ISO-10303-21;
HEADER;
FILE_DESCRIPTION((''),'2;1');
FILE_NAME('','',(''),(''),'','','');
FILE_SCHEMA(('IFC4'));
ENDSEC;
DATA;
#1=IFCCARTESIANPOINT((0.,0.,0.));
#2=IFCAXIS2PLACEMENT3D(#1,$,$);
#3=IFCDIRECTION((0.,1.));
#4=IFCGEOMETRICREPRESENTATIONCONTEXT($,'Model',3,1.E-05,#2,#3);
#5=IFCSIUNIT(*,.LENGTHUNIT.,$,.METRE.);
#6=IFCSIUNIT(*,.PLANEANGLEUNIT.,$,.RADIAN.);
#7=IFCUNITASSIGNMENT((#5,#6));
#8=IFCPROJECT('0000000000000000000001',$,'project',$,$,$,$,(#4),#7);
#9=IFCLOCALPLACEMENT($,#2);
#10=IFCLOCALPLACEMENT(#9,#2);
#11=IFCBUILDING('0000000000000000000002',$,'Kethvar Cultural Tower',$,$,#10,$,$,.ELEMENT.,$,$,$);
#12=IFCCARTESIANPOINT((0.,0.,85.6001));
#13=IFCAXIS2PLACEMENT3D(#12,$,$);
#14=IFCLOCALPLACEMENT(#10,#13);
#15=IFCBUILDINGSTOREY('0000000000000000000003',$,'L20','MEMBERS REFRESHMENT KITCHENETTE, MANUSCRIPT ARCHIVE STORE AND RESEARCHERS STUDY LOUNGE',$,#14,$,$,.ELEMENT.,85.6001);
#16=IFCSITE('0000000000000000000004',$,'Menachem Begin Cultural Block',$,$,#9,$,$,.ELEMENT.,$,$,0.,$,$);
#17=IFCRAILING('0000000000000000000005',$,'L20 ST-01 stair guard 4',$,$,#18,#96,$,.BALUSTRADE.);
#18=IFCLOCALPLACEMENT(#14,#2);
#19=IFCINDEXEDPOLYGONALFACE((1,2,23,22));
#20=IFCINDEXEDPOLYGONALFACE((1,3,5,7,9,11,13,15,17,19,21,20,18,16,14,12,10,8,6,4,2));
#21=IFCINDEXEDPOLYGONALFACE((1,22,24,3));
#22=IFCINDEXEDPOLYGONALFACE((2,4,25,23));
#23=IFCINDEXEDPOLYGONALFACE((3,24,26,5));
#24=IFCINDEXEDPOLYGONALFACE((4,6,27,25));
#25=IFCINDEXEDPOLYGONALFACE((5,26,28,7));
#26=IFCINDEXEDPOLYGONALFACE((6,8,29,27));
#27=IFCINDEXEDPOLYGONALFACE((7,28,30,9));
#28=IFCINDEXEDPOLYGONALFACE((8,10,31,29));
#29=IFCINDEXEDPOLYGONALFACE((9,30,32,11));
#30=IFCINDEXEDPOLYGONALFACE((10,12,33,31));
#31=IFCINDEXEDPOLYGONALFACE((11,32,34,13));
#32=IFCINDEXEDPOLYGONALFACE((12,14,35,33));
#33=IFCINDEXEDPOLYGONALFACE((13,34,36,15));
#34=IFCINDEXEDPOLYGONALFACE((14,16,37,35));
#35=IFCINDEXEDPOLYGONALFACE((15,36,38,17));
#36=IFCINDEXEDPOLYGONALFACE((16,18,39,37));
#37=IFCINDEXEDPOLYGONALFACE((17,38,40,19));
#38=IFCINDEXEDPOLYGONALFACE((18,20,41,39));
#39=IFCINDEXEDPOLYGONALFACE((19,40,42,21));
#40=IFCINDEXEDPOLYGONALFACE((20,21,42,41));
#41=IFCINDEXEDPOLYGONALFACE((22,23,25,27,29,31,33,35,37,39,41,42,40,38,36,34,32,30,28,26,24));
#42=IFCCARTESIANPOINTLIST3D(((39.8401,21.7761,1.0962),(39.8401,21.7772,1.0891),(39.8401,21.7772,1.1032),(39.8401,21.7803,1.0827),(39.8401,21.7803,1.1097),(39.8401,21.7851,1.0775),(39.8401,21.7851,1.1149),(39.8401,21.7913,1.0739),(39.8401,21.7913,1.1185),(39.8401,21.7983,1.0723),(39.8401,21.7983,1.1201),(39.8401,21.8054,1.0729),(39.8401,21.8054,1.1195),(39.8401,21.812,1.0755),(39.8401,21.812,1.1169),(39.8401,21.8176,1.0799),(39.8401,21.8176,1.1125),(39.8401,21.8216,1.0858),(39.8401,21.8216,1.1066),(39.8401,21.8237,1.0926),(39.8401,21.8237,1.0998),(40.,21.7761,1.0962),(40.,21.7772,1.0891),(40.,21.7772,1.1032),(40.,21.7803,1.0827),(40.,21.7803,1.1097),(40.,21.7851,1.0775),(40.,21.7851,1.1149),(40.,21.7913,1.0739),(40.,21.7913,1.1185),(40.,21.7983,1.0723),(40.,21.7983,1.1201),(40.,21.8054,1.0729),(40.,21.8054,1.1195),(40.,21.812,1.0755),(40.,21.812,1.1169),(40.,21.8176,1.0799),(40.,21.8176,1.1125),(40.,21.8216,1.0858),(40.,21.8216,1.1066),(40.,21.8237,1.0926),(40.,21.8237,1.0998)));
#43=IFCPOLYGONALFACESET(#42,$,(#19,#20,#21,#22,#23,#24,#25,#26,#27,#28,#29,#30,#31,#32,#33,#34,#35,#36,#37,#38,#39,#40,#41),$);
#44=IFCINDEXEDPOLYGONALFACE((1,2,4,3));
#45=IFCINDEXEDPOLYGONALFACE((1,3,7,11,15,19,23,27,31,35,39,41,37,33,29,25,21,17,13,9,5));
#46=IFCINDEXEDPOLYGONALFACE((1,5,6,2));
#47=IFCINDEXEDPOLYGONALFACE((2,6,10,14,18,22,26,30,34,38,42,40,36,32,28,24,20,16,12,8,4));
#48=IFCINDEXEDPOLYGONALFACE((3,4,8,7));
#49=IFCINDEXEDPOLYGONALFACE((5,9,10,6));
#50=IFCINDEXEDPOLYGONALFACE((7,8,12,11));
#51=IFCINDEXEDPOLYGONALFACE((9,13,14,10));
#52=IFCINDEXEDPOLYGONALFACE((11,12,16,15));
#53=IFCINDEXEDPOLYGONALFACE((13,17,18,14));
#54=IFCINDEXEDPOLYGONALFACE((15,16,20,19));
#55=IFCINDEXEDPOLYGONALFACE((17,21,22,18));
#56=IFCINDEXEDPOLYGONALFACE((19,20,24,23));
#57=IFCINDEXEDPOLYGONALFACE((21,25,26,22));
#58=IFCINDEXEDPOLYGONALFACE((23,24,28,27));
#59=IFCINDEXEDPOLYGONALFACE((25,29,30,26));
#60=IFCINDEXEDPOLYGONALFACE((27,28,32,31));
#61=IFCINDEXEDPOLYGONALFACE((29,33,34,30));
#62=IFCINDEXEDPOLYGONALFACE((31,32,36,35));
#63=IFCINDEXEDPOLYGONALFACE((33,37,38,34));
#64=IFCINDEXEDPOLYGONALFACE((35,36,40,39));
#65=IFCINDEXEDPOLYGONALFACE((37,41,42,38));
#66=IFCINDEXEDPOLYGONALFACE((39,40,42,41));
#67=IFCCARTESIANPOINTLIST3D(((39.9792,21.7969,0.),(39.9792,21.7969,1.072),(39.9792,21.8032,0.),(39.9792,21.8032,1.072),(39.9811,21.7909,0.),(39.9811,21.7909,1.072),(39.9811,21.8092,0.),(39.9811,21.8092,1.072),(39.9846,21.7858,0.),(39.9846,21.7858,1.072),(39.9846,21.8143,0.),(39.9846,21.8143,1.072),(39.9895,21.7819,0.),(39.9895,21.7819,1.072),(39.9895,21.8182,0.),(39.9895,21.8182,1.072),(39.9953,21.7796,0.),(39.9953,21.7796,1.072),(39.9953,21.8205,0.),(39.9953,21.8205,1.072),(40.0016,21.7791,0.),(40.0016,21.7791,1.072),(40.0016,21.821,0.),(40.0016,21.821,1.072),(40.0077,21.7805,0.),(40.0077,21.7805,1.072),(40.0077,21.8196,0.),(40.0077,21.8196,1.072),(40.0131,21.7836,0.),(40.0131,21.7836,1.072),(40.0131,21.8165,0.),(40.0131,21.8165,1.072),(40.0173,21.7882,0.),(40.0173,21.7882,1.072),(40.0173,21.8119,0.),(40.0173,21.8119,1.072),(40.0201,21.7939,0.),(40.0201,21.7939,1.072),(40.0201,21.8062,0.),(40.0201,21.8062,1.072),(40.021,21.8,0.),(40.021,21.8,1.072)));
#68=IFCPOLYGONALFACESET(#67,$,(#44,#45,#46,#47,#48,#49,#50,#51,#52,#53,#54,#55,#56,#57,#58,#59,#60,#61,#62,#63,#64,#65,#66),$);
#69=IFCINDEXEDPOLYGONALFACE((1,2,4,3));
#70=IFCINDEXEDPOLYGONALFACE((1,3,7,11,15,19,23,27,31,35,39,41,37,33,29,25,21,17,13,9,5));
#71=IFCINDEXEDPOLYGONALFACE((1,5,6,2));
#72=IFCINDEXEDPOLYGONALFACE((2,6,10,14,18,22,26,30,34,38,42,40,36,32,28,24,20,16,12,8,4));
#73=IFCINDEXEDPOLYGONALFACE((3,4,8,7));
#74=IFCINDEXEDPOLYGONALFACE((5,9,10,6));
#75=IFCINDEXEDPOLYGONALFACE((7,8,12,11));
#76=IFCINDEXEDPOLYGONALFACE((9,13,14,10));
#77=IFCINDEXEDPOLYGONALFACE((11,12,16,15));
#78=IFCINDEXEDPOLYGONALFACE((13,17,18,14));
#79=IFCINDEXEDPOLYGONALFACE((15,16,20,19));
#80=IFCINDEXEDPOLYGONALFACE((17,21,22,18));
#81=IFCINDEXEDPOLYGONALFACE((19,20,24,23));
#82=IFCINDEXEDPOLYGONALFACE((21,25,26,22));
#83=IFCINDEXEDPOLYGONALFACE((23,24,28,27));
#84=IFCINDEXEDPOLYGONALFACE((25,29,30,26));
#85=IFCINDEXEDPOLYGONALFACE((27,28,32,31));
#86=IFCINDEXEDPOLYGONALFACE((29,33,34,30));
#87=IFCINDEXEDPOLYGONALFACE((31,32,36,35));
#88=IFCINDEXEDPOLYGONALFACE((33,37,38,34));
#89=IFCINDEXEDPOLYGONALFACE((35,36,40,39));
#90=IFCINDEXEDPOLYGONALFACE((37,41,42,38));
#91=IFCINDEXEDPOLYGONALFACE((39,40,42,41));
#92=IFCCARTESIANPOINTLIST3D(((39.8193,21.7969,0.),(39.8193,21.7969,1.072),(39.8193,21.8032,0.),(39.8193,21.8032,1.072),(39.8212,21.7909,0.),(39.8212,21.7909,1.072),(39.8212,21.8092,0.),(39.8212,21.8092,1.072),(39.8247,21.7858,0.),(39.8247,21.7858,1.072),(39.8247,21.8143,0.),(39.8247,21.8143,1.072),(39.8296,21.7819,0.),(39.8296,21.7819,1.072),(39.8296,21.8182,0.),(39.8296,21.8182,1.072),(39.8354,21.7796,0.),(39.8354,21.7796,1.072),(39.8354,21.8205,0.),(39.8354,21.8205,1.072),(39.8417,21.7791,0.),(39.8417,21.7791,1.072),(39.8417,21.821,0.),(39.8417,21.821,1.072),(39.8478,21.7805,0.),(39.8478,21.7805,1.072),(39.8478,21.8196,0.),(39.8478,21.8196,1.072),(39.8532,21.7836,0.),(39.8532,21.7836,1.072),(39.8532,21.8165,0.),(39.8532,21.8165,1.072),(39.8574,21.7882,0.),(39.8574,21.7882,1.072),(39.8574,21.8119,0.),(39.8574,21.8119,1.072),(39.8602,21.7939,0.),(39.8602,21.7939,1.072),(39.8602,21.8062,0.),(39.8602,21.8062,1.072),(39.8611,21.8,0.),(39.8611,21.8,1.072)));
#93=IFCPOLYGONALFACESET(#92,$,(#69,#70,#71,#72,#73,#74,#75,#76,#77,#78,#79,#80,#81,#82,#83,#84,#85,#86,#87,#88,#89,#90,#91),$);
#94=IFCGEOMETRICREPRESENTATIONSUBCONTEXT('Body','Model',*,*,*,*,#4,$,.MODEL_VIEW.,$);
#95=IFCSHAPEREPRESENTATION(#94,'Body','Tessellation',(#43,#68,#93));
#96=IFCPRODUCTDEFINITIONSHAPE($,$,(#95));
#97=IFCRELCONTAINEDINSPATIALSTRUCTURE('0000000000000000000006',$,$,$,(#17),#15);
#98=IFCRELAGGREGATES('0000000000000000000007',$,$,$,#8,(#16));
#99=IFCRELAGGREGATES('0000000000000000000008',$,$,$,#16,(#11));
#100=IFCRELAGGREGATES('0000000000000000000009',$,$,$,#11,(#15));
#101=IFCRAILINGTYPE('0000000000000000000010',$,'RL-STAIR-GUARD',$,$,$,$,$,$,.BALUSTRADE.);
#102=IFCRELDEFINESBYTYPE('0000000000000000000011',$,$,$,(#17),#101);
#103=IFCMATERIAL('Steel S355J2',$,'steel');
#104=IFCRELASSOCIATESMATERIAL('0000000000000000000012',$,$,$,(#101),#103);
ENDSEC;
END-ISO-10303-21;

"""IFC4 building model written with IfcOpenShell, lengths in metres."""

from ifc_helpers import new_model, si_unit, direction, frame, origin, origin_2d, place, context, subcontext, project, spatial, circle, extrude, material, type_object, element, save


model = new_model("IFC4")

# Units and contexts
model_context = context("Model", 3, precision=1e-05, world=origin(), true_north=direction((0.0, 1.0)))
body_context = subcontext(model_context, "Body", "Model", "MODEL_VIEW")
ifc_project = project(units=[si_unit("LENGTHUNIT", "METRE"), si_unit("PLANEANGLEUNIT", "RADIAN")], contexts=[model_context])

# Site, building, storey
site_placement = place(None, origin())
site = spatial("IfcSite", under=ifc_project, at=site_placement, Name="Menachem Begin Cultural Block", CompositionType="ELEMENT", RefElevation=0.0)
building_placement = place(site_placement, origin())
building = spatial("IfcBuilding", under=site, at=building_placement, Name="Kethvar Cultural Tower", CompositionType="ELEMENT")
storey_placement = place(building_placement, frame((0.0, 0.0, 85.6001)))
storey = spatial("IfcBuildingStorey", under=building, at=storey_placement, Name="L20", Description="MEMBERS REFRESHMENT KITCHENETTE, MANUSCRIPT ARCHIVE STORE AND RESEARCHERS STUDY LOUNGE", CompositionType="ELEMENT", Elevation=85.6001)

# Shared definitions
ifc_material_1 = material(Name="Steel S355J2", Category="steel")

# Railing
railing_type_1 = type_object("IfcRailingType", Name="RL-STAIR-GUARD", PredefinedType="BALUSTRADE", material=ifc_material_1)
railing_1_placement = place(storey_placement, frame((40.0, 21.8, 0.0)))
element("IfcRailing", 1, at=railing_1_placement, inside=storey, type_object=railing_type_1, Name="L20 ST-01 stair guard 4", PredefinedType="BALUSTRADE", context=body_context, shape_type="SweptSolid", body=[
    extrude(circle(Radius=0.0239, at=origin_2d()), frame((0.0, 0.0, 1.0962), z_axis=(-1.0, 0.0, 0.0), x_axis=(0.0, -1.0, 0.0)), (0.0, 0.0, 1.0), 0.1599),
    extrude(circle(Radius=0.021, at=origin_2d()), origin(), (0.0, 0.0, 1.0), 1.072),
    extrude(circle(Radius=0.021, at=origin_2d()), frame((-0.1599, 0.0, 0.0)), (0.0, 0.0, 1.0), 1.072),
])

save(model, "model.ifc")
